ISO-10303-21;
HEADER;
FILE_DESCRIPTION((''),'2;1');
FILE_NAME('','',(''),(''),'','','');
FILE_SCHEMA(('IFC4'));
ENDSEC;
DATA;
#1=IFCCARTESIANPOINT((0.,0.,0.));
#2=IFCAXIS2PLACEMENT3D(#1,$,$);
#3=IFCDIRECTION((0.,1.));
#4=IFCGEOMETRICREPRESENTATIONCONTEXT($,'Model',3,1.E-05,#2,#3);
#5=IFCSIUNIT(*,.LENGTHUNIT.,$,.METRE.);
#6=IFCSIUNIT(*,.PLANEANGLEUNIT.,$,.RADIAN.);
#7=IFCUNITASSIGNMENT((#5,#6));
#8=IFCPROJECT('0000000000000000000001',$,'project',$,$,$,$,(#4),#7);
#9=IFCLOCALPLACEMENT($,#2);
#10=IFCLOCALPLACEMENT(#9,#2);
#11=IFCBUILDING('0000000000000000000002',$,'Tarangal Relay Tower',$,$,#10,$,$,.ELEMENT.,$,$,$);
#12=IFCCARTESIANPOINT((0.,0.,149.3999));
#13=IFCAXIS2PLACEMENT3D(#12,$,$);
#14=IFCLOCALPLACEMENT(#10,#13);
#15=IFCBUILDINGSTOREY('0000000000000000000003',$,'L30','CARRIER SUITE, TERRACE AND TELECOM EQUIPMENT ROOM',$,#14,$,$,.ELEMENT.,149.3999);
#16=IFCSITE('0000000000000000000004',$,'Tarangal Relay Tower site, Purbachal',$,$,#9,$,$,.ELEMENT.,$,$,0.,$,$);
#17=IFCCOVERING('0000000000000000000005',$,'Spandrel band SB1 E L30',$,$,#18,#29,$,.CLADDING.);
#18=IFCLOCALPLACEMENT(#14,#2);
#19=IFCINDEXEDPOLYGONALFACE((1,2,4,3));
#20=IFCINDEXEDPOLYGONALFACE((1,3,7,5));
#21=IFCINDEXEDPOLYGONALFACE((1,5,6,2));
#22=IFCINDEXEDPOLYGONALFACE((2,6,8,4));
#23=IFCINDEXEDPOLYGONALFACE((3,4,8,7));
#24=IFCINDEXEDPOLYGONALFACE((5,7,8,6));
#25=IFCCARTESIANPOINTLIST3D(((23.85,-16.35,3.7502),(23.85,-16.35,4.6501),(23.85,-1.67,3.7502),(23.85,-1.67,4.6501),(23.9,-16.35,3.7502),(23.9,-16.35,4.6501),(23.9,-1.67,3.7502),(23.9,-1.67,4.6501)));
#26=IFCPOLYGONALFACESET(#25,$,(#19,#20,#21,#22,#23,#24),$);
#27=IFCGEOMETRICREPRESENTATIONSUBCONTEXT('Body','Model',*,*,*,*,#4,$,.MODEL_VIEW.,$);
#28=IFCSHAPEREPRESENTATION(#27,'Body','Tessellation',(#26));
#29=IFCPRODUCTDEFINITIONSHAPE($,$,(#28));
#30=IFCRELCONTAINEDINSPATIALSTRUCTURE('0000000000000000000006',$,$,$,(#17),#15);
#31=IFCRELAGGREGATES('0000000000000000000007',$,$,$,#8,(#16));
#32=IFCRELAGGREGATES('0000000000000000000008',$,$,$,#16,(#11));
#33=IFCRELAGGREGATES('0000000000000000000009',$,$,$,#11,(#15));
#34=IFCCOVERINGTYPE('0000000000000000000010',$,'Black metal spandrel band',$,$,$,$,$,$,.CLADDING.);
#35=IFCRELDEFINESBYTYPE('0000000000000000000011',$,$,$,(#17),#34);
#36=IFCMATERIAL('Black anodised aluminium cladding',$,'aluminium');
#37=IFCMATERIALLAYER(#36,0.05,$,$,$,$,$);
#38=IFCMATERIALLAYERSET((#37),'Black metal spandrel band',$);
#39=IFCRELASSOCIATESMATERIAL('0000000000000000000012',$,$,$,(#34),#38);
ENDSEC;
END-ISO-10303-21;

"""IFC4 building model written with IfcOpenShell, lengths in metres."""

from ifc_helpers import new_model, si_unit, direction, frame, origin, origin_2d, place, context, subcontext, project, spatial, rectangle, extrude, material, layer, layer_set, type_object, element, save


model = new_model("IFC4")

# Units and contexts
model_context = context("Model", 3, precision=1e-05, world=origin(), true_north=direction((0.0, 1.0)))
body_context = subcontext(model_context, "Body", "Model", "MODEL_VIEW")
ifc_project = project(units=[si_unit("LENGTHUNIT", "METRE"), si_unit("PLANEANGLEUNIT", "RADIAN")], contexts=[model_context])

# Site, building, storey
site_placement = place(None, origin())
site = spatial("IfcSite", under=ifc_project, at=site_placement, Name="Tarangal Relay Tower site, Purbachal", CompositionType="ELEMENT", RefElevation=0.0)
building_placement = place(site_placement, origin())
building = spatial("IfcBuilding", under=site, at=building_placement, Name="Tarangal Relay Tower", CompositionType="ELEMENT")
storey_placement = place(building_placement, frame((0.0, 0.0, 149.3999)))
storey = spatial("IfcBuildingStorey", under=building, at=storey_placement, Name="L30", Description="CARRIER SUITE, TERRACE AND TELECOM EQUIPMENT ROOM", CompositionType="ELEMENT", Elevation=149.3999)

# Covering
ifc_material_1 = material(Name="Black anodised aluminium cladding", Category="aluminium")
ifc_layer_1 = layer(ifc_material_1, 0.05)
ifc_layer_set_1 = layer_set([ifc_layer_1], Name="Black metal spandrel band")
covering_type = type_object("IfcCoveringType", Name="Black metal spandrel band", PredefinedType="CLADDING", material=ifc_layer_set_1)
covering_placement = place(storey_placement, frame((23.875, -9.01, 3.7502), z_axis=(0.0, 0.0, 1.0), x_axis=(0.0, -1.0, 0.0)))
element("IfcCovering", 1, at=covering_placement, inside=storey, type_object=covering_type, Name="Spandrel band SB1 E L30", PredefinedType="CLADDING", context=body_context, shape_type="SweptSolid", body=[
    extrude(rectangle(XDim=14.6799, YDim=0.05, at=origin_2d()), origin(), (0.0, 0.0, 1.0), 0.8999),
])

save(model, "model.ifc")
